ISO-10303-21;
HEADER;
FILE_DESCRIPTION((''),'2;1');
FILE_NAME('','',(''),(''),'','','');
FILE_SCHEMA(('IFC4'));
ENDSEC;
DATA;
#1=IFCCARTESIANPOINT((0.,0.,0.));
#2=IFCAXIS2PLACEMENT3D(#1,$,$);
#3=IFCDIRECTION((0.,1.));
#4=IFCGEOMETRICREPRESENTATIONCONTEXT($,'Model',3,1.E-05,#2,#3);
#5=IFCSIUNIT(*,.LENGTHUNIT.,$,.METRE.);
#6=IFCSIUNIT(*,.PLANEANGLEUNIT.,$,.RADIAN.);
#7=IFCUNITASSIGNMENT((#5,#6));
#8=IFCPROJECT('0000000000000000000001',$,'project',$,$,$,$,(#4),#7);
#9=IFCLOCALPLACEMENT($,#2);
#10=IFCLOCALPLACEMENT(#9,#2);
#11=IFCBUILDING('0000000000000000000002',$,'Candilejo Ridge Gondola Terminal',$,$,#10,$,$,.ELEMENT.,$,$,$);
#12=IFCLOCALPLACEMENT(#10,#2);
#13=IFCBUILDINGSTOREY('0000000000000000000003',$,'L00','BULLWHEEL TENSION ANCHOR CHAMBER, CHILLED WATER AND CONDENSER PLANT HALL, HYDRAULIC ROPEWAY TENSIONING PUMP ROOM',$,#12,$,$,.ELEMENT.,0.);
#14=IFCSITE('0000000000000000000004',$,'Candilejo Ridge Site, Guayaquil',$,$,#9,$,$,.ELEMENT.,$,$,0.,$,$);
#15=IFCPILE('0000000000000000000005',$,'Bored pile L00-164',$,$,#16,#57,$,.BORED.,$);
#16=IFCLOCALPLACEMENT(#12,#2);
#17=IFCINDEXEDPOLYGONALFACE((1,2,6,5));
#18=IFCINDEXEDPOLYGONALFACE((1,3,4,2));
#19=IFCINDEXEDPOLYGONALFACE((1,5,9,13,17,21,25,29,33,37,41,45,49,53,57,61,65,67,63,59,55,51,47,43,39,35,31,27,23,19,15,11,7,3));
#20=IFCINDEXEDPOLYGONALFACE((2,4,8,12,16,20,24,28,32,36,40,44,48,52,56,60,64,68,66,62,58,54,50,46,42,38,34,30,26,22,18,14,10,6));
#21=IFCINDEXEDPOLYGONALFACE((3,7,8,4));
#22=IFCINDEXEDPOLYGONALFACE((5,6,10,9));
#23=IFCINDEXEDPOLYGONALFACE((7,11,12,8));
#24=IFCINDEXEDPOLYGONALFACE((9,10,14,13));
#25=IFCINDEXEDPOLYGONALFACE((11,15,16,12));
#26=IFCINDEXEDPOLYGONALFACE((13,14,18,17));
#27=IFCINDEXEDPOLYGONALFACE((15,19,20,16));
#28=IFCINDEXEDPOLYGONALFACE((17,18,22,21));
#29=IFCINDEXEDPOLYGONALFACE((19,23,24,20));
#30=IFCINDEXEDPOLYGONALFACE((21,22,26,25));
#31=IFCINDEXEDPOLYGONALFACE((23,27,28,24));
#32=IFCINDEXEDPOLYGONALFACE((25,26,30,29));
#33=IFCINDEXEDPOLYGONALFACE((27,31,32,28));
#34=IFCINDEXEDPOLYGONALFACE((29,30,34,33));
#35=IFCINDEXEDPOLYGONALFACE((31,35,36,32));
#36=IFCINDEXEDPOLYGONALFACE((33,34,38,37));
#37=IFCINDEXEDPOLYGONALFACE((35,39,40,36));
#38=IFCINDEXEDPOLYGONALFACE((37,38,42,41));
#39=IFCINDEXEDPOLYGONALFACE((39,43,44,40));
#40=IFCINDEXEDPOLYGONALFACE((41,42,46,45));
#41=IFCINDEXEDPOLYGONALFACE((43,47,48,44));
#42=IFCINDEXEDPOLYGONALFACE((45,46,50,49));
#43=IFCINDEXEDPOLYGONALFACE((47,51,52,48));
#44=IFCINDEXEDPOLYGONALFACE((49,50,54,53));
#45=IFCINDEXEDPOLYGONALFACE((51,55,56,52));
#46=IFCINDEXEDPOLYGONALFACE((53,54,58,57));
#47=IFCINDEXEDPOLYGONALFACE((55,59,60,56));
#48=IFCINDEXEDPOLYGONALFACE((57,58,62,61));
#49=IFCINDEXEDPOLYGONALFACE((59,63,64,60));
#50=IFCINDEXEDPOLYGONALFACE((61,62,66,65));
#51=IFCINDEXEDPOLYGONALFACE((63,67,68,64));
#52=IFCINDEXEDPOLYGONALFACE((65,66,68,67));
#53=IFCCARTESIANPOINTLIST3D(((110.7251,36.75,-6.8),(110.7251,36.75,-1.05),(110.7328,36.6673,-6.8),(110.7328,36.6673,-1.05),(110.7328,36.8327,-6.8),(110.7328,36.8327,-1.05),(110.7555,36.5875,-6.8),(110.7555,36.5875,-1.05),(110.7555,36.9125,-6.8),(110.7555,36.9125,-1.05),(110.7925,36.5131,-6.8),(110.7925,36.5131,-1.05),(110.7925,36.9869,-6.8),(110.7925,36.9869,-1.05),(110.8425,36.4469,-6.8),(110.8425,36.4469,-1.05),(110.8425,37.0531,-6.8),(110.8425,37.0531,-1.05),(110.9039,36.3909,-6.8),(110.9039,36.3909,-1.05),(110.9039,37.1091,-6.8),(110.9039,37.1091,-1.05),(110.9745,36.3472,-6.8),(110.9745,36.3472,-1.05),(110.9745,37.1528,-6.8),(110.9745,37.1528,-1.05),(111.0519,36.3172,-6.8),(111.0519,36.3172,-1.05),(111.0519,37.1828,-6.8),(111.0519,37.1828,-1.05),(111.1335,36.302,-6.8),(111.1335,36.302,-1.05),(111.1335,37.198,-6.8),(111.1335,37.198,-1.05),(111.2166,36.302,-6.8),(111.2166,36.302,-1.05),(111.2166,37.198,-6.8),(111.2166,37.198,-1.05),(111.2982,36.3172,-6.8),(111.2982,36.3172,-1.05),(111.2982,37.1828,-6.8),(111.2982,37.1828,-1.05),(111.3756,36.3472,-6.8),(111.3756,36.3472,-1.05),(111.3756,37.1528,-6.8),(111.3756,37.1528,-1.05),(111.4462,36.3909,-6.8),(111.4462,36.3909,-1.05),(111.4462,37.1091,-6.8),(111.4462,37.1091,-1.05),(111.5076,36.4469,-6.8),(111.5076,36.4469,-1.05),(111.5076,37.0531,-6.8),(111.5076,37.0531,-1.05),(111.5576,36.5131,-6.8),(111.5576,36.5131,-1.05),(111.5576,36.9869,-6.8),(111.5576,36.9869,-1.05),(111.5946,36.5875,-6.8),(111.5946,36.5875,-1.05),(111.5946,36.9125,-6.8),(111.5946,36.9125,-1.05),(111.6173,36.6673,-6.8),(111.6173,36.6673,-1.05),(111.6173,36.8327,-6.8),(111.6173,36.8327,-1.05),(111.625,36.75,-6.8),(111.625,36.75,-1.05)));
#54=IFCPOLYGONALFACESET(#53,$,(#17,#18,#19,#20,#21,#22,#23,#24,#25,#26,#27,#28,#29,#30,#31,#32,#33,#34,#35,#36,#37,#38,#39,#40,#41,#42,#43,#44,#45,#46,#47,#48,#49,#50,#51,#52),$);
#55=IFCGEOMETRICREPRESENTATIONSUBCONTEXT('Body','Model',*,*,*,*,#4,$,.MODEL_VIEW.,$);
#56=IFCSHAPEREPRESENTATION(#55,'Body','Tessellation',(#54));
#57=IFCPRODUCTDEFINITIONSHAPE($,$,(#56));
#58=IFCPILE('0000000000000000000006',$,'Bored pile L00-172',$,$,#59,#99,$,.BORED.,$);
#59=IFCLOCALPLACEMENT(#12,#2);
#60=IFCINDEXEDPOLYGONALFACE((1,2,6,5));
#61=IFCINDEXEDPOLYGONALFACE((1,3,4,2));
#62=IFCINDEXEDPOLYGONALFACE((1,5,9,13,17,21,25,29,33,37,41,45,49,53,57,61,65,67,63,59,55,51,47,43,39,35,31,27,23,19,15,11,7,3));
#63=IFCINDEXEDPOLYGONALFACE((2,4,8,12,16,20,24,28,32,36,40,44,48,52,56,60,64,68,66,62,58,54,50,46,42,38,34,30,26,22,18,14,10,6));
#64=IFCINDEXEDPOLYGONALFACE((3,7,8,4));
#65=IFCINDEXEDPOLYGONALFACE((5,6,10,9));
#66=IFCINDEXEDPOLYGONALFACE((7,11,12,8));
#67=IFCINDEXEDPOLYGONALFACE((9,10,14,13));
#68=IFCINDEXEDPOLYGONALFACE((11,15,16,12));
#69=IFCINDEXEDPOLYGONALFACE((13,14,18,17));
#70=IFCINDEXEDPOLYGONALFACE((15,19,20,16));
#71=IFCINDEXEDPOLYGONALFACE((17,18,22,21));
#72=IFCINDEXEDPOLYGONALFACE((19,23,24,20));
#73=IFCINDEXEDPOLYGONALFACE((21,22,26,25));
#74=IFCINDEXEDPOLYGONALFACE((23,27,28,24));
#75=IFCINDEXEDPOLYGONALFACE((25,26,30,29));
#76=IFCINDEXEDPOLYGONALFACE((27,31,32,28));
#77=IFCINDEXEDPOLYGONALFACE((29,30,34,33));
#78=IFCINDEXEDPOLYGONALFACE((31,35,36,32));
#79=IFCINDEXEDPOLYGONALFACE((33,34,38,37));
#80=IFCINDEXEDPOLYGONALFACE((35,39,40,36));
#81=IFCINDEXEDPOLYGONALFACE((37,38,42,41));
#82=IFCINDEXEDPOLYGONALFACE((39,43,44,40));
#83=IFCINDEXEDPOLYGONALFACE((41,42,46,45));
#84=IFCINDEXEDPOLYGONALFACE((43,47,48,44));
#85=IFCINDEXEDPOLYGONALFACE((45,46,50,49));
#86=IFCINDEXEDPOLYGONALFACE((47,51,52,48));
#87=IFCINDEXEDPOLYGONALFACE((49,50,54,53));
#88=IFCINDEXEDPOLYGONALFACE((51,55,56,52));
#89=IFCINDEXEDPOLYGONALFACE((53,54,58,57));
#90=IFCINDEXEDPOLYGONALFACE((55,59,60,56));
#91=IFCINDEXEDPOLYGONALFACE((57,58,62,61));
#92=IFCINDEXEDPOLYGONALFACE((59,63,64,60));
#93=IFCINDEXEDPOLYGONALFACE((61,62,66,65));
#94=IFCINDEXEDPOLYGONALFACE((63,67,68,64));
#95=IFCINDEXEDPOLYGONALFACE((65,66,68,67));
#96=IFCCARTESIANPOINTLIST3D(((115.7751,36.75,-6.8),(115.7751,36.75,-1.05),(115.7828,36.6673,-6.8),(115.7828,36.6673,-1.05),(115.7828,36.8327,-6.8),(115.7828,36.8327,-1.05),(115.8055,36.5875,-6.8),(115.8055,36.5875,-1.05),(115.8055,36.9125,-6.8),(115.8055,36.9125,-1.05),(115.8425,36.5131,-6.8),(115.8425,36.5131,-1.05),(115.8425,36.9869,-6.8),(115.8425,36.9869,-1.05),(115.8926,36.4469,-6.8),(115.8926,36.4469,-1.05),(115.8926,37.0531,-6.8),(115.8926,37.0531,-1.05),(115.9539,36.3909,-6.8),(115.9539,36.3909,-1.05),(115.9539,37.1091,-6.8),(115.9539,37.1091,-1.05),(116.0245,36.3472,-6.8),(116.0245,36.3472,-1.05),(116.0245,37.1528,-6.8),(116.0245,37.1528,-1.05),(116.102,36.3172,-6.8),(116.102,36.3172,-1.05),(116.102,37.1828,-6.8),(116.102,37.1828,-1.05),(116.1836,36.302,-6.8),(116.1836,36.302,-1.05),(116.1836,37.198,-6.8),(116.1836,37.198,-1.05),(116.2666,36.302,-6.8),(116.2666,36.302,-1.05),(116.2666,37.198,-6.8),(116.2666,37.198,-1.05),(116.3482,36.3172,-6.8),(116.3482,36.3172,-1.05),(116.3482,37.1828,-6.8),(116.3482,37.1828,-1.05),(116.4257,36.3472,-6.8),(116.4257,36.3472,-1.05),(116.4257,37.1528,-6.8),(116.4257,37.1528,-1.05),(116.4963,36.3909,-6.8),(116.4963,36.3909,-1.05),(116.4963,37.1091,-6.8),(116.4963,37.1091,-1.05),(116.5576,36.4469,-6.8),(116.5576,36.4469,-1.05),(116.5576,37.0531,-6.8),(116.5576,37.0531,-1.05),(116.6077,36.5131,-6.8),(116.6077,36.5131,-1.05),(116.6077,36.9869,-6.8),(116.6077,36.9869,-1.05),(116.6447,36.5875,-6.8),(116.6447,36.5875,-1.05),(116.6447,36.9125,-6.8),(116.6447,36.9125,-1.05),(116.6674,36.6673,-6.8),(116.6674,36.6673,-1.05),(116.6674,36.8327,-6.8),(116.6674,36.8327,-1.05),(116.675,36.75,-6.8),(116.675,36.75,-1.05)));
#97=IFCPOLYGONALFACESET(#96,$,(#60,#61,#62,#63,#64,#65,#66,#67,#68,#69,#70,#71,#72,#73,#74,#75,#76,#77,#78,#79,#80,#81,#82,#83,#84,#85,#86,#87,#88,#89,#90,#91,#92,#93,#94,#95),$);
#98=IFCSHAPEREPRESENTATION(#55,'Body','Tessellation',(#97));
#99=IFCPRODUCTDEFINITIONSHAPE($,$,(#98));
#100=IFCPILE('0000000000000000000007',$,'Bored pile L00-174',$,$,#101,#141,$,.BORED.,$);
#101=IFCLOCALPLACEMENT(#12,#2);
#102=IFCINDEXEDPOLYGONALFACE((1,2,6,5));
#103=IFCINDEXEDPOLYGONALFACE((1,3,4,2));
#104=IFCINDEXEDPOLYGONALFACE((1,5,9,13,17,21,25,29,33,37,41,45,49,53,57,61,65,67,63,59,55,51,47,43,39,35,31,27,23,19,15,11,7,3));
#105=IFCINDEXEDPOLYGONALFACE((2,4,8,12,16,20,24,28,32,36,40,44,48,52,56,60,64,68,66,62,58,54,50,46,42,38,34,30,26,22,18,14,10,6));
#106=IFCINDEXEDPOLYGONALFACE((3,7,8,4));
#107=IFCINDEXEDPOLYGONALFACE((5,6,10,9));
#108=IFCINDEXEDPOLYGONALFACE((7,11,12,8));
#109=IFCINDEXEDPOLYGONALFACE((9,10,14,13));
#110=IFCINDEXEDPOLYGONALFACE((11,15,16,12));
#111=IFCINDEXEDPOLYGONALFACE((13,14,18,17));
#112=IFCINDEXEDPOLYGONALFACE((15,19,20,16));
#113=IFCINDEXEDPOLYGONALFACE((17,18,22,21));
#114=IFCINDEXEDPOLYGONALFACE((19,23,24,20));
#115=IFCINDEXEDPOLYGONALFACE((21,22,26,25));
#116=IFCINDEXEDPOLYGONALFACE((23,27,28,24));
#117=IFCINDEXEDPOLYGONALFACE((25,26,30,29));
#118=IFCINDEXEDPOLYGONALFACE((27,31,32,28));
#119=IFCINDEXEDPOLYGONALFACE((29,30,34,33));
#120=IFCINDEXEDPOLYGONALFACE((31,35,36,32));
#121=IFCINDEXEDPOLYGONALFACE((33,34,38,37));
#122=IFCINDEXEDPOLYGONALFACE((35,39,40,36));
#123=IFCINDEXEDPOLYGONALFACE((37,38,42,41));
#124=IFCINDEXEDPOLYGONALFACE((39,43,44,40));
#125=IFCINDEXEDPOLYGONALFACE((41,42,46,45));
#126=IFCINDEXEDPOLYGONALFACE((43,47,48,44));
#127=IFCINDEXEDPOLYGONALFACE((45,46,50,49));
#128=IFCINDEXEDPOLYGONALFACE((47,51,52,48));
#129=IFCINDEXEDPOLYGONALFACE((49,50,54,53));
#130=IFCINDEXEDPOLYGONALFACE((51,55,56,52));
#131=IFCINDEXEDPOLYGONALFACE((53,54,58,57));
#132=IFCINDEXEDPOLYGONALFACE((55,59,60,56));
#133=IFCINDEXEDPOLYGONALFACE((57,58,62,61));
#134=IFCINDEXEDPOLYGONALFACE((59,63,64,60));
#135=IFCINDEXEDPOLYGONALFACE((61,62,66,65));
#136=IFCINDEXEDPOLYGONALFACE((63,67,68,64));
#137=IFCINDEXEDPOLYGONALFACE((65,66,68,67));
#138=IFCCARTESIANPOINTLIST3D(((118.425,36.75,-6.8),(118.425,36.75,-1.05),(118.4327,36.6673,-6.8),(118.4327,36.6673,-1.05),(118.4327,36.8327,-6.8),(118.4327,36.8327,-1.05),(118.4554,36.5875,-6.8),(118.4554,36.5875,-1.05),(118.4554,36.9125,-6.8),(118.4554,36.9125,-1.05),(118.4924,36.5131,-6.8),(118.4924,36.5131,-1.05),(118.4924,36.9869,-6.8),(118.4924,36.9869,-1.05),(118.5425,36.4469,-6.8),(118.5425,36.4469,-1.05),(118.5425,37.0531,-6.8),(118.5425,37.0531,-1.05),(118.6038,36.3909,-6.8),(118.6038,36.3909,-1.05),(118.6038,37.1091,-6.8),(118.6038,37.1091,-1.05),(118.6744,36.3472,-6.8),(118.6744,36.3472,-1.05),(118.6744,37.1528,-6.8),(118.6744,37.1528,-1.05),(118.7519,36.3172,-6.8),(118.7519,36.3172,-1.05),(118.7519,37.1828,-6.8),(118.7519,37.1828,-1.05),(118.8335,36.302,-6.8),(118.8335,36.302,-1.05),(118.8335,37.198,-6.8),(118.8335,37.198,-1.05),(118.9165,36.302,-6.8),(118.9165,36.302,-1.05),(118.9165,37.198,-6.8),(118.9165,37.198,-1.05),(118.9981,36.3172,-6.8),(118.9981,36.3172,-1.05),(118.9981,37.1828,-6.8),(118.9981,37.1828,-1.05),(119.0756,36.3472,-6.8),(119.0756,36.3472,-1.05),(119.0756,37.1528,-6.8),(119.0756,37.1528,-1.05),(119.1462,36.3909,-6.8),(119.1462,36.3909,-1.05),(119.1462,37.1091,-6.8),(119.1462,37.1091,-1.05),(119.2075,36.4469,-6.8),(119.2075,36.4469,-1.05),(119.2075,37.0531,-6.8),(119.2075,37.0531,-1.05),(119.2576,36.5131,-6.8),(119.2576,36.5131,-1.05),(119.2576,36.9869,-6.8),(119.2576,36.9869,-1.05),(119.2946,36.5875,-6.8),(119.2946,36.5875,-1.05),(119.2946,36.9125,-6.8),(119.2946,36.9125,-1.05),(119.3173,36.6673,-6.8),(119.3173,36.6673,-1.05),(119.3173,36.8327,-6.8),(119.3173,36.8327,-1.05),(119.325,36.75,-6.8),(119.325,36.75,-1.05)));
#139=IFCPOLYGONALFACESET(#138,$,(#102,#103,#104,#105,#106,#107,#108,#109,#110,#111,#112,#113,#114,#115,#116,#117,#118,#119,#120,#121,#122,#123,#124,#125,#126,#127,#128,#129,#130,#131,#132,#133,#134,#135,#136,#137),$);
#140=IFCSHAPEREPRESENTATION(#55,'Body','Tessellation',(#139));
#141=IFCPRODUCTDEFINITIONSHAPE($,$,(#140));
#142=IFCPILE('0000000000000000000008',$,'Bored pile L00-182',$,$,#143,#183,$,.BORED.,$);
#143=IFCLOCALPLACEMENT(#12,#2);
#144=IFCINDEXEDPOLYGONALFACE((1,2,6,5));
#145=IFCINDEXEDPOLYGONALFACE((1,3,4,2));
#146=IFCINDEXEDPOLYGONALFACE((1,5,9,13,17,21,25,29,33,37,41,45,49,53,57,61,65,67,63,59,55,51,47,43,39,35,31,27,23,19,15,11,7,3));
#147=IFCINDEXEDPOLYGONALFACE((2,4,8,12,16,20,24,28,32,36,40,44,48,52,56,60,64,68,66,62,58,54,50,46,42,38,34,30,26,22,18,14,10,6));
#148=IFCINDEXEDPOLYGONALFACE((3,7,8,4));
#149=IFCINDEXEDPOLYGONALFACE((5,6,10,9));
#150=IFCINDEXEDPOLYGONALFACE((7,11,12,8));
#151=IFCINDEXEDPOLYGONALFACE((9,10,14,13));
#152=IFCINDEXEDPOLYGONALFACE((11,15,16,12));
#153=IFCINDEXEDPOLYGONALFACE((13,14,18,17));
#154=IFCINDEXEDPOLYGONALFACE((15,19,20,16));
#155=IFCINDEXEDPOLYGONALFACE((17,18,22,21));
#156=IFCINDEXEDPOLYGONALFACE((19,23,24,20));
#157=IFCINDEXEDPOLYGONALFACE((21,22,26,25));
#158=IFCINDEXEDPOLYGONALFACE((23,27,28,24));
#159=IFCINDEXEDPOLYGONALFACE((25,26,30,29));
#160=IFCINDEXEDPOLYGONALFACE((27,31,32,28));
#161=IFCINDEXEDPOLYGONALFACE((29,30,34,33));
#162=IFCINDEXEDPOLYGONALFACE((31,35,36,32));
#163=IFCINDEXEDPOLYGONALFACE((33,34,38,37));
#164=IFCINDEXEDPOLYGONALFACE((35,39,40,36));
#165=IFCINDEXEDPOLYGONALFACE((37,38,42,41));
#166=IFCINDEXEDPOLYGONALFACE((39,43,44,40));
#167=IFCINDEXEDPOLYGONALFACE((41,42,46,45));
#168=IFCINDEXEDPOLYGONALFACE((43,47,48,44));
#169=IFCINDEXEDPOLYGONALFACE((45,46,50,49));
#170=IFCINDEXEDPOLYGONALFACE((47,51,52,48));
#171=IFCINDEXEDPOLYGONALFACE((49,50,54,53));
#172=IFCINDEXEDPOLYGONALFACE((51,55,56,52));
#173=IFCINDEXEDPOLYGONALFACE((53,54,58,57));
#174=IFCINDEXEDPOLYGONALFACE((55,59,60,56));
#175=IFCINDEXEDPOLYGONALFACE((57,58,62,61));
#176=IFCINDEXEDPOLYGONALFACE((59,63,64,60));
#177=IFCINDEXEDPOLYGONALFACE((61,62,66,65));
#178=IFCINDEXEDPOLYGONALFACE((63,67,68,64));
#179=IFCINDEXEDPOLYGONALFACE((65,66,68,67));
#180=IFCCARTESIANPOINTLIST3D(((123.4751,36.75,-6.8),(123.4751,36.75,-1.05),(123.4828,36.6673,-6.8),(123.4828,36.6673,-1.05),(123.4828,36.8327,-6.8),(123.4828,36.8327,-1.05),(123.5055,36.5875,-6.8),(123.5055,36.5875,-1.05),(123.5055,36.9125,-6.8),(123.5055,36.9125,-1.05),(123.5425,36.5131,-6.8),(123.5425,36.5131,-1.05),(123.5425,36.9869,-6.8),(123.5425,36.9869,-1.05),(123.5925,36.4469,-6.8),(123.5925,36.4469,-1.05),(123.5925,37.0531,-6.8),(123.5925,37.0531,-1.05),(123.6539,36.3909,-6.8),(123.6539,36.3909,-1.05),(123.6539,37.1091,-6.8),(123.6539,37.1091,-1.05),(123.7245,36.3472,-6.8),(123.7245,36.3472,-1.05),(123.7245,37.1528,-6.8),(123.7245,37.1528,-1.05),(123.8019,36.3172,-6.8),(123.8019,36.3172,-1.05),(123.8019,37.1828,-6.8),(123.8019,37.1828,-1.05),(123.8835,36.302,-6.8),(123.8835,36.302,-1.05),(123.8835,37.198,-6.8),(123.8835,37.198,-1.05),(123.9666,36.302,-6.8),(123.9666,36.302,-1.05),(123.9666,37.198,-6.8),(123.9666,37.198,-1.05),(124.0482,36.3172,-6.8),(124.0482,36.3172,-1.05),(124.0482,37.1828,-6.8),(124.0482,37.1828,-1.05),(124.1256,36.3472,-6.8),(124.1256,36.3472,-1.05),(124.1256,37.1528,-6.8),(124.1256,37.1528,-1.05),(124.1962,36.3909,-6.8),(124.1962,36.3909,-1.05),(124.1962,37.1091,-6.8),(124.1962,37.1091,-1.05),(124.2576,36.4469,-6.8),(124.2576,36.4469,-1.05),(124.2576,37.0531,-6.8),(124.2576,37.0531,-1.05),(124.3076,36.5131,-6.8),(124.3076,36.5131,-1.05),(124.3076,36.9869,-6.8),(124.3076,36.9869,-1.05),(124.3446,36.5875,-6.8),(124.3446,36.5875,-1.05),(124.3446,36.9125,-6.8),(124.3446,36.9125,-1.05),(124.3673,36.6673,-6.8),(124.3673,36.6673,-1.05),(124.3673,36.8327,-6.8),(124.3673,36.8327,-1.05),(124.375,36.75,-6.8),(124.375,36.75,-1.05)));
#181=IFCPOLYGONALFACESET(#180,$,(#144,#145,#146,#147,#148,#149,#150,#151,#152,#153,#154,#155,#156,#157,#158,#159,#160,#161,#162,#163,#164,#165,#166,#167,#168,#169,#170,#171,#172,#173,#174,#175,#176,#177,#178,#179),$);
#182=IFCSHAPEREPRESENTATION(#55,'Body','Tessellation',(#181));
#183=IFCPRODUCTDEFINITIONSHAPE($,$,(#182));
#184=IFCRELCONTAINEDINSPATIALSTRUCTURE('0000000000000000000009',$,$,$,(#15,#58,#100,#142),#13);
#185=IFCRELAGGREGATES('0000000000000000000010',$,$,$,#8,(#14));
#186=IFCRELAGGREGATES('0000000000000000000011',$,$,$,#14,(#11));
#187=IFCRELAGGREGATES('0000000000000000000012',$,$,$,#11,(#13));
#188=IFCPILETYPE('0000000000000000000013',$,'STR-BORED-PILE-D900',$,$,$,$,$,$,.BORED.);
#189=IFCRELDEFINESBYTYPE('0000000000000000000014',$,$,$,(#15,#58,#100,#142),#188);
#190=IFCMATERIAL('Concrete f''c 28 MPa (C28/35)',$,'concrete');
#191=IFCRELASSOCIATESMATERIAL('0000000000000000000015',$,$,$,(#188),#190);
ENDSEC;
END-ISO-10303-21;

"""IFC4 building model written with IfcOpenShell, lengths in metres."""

from ifc_helpers import new_model, si_unit, direction, frame, origin, origin_2d, place, context, subcontext, project, spatial, circle, extrude, material, material_profile, profile_set, type_object, element, save


model = new_model("IFC4")

# Units and contexts
model_context = context("Model", 3, precision=1e-05, world=origin(), true_north=direction((0.0, 1.0)))
body_context = subcontext(model_context, "Body", "Model", "MODEL_VIEW")
ifc_project = project(units=[si_unit("LENGTHUNIT", "METRE"), si_unit("PLANEANGLEUNIT", "RADIAN")], contexts=[model_context])

# Site, building, storey
site_placement = place(None, origin())
site = spatial("IfcSite", under=ifc_project, at=site_placement, Name="Candilejo Ridge Site, Guayaquil", CompositionType="ELEMENT", RefElevation=0.0)
building_placement = place(site_placement, origin())
building = spatial("IfcBuilding", under=site, at=building_placement, Name="Candilejo Ridge Gondola Terminal", CompositionType="ELEMENT")
storey_placement = place(building_placement, origin())
storey = spatial("IfcBuildingStorey", under=building, at=storey_placement, Name="L00", Description="BULLWHEEL TENSION ANCHOR CHAMBER, CHILLED WATER AND CONDENSER PLANT HALL, HYDRAULIC ROPEWAY TENSIONING PUMP ROOM", CompositionType="ELEMENT", Elevation=0.0)

# Piles
ifc_material_1 = material(Name="Concrete f'c 28 MPa (C28/35)", Category="concrete")
ifc_material_profile_1 = material_profile(ifc_material_1, circle(Radius=0.45, at=origin_2d()))
ifc_profile_set_1 = profile_set([ifc_material_profile_1], Name="Concrete f'c 28 MPa (C28/35)")
pile_type_1 = type_object("IfcPileType", Name="STR-BORED-PILE-D900", PredefinedType="BORED", material=ifc_profile_set_1)
for number, where, z_axis, x_axis, name in (
    (1, (111.175, 36.75, -1.05), (0.0, 0.0, -1.0), (1.0, 0.0, 0.0), "Bored pile L00-164"),
    (2, (116.2251, 36.75, -1.05), (0.0, 0.0, -1.0), (1.0, 0.0, 0.0), "Bored pile L00-172"),
    (3, (118.875, 36.75, -1.05), (0.0, 0.0, -1.0), (1.0, 0.0, 0.0), "Bored pile L00-174"),
    (4, (123.925, 36.75, -1.05), (0.0, 0.0, -1.0), (1.0, 0.0, 0.0), "Bored pile L00-182"),
):
    element("IfcPile", number, at=place(storey_placement, frame(where, z_axis=z_axis, x_axis=x_axis)), inside=storey, type_object=pile_type_1, Name=name, PredefinedType="BORED", context=body_context, shape_type="SweptSolid", body=[
        extrude(circle(Radius=0.45, at=origin_2d()), origin(), (0.0, 0.0, 1.0), 5.75),
    ])

save(model, "model.ifc")
